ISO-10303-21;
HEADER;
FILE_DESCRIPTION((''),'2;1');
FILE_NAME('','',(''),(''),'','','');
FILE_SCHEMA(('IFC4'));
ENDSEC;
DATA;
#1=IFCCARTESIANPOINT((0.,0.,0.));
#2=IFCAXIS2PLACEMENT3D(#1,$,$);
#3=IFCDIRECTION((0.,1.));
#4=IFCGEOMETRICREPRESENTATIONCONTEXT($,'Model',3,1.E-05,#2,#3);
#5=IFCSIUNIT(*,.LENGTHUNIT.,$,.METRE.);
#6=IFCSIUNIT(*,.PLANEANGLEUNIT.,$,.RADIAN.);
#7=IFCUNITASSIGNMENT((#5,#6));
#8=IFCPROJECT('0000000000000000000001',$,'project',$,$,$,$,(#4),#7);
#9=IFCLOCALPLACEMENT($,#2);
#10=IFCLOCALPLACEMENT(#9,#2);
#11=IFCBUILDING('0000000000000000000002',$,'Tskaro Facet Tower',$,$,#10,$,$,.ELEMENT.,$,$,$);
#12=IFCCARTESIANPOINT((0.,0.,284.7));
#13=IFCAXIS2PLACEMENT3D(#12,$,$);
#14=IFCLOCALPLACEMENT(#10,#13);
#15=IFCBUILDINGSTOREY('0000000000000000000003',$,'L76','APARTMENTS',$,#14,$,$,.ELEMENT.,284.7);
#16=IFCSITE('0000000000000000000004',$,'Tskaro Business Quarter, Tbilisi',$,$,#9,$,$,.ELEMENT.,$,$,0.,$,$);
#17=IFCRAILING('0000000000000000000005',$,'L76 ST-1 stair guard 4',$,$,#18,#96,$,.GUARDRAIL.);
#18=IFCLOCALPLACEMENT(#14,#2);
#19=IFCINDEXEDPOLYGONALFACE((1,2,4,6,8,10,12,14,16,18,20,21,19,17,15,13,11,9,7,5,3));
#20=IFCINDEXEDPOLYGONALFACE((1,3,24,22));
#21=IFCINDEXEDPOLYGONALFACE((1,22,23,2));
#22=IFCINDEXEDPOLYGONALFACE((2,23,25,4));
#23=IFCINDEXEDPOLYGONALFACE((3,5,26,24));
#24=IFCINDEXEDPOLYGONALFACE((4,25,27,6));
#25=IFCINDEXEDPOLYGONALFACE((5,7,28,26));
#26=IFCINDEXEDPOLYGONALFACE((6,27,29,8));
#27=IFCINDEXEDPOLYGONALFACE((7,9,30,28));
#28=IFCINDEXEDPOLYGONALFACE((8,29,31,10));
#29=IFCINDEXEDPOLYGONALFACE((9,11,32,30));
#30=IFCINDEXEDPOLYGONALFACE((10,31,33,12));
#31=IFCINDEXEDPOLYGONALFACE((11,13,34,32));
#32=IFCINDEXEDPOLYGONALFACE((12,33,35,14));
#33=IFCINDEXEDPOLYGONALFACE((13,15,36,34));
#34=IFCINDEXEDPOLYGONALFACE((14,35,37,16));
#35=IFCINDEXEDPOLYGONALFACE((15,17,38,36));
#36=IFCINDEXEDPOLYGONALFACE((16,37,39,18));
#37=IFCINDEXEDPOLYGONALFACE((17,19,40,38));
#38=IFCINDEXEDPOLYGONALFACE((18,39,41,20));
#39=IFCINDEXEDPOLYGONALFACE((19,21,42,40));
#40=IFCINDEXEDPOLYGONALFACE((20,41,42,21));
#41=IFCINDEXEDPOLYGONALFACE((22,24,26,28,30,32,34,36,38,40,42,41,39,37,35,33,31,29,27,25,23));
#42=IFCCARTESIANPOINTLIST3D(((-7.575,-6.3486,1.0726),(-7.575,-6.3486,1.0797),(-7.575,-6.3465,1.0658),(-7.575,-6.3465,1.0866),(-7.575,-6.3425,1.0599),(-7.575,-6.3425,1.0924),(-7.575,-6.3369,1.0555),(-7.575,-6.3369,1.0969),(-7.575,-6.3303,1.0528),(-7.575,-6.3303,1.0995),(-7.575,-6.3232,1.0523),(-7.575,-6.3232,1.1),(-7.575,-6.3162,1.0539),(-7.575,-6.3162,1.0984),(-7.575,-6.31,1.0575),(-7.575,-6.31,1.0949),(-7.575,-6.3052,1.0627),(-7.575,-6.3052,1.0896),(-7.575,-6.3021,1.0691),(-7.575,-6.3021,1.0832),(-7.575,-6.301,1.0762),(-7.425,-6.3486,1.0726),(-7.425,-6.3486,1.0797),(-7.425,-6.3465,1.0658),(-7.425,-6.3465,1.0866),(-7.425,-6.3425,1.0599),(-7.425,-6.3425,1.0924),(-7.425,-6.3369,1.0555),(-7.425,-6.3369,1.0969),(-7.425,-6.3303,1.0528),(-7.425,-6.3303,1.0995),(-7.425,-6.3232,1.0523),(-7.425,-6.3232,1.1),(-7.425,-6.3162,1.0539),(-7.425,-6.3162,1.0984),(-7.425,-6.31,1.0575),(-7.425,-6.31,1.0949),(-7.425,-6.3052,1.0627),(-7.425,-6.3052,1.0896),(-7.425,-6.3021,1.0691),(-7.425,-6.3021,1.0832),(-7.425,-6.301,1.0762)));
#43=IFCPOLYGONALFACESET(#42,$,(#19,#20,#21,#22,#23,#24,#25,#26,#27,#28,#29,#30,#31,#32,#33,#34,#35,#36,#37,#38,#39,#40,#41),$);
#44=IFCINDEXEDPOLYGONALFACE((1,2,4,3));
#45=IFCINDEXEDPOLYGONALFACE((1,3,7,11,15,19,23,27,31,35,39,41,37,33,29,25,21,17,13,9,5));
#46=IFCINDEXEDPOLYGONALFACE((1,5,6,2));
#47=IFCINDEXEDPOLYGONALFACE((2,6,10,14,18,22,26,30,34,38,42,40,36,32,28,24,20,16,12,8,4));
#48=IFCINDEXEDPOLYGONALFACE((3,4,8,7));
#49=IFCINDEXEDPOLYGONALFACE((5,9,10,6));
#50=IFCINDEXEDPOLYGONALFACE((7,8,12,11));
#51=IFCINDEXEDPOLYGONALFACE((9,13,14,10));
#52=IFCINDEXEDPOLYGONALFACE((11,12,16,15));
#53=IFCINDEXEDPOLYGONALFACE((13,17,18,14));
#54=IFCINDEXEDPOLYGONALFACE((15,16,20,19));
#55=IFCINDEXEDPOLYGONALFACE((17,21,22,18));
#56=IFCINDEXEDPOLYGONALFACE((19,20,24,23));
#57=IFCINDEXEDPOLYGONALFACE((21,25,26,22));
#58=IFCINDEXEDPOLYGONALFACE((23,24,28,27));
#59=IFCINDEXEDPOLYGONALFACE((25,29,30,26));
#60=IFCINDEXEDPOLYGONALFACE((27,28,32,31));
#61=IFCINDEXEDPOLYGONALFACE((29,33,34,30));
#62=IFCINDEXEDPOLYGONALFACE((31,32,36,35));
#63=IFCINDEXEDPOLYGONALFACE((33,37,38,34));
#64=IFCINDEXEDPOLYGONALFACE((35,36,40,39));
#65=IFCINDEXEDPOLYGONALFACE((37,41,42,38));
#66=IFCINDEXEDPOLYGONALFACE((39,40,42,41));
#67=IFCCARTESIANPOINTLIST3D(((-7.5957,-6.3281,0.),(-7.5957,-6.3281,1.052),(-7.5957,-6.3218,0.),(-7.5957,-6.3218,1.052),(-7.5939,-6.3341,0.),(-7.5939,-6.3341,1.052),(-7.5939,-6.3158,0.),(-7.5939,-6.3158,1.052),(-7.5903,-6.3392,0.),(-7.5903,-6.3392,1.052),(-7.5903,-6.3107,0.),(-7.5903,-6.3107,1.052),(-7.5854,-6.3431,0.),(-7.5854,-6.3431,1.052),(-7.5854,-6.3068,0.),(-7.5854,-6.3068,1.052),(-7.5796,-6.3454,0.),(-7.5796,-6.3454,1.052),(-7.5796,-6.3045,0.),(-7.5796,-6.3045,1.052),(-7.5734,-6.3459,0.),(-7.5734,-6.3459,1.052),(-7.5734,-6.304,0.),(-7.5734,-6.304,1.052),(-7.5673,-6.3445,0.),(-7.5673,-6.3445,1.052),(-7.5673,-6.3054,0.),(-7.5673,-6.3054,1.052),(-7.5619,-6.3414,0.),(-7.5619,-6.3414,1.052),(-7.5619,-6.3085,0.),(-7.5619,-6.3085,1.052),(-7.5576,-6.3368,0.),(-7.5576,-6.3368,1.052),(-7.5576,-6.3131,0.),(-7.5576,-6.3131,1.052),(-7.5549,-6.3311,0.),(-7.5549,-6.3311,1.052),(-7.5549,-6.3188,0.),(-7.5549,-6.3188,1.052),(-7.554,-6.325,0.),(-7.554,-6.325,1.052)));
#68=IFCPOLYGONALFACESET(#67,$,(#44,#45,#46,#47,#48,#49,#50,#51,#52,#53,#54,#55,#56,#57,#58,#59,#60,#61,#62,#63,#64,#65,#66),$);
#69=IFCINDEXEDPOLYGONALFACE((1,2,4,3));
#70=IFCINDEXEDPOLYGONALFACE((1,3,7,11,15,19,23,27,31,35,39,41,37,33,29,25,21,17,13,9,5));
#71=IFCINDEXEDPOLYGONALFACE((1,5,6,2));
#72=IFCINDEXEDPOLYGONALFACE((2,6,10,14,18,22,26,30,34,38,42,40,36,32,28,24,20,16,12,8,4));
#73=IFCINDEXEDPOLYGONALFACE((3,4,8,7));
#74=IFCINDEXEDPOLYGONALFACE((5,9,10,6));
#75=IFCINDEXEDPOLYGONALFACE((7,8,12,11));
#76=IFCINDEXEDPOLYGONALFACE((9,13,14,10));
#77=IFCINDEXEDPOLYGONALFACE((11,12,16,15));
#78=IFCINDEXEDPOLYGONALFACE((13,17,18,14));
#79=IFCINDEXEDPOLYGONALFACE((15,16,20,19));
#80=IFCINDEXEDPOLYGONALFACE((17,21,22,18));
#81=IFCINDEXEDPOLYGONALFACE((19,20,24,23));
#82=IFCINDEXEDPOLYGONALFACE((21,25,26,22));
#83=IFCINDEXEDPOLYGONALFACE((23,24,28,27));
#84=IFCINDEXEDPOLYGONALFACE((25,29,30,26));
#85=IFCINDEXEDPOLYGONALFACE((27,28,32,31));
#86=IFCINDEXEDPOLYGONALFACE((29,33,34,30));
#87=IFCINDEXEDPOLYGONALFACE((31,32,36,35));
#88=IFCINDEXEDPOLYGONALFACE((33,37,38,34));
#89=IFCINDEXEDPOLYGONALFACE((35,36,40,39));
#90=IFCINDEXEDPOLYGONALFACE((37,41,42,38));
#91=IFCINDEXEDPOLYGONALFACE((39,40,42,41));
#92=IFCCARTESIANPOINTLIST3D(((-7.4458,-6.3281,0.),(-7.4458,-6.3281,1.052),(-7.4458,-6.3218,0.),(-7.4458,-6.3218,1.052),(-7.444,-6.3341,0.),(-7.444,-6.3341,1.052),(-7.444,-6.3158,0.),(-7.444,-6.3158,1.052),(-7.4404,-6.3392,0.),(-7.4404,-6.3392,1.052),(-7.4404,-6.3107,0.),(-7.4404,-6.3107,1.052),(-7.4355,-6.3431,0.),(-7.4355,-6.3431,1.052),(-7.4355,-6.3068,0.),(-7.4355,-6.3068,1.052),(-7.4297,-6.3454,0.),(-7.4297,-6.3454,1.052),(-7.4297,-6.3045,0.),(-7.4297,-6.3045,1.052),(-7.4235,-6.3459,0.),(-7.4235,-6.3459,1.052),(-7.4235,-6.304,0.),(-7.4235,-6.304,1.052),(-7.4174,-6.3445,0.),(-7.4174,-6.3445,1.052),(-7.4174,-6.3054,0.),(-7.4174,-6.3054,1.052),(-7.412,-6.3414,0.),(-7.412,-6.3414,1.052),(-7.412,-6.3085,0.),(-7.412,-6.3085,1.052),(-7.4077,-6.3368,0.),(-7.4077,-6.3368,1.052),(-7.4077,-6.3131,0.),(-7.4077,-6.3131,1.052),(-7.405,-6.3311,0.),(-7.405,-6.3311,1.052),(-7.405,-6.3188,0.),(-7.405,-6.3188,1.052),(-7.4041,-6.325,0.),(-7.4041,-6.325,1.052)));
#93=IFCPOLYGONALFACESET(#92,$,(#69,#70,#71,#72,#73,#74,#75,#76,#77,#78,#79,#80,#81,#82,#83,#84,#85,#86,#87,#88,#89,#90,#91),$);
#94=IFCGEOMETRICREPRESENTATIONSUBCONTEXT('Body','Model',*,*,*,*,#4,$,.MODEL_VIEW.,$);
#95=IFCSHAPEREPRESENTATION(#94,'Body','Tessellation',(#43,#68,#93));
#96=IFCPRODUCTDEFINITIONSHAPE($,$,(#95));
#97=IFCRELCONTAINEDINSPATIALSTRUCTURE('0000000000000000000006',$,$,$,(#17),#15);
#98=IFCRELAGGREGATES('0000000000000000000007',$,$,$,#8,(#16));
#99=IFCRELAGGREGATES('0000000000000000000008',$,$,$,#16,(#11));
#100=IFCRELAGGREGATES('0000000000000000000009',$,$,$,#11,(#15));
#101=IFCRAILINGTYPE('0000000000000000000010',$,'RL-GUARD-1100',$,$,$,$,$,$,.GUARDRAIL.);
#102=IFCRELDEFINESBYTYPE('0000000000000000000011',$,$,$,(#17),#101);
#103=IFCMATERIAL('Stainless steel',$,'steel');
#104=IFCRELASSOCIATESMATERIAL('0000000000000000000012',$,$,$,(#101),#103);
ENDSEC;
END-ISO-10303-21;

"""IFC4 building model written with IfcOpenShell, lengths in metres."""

from ifc_helpers import new_model, si_unit, direction, frame, origin, origin_2d, place, context, subcontext, project, spatial, circle, extrude, material, type_object, element, save


model = new_model("IFC4")

# Units and contexts
model_context = context("Model", 3, precision=1e-05, world=origin(), true_north=direction((0.0, 1.0)))
body_context = subcontext(model_context, "Body", "Model", "MODEL_VIEW")
ifc_project = project(units=[si_unit("LENGTHUNIT", "METRE"), si_unit("PLANEANGLEUNIT", "RADIAN")], contexts=[model_context])

# Site, building, storey
site_placement = place(None, origin())
site = spatial("IfcSite", under=ifc_project, at=site_placement, Name="Tskaro Business Quarter, Tbilisi", CompositionType="ELEMENT", RefElevation=0.0)
building_placement = place(site_placement, origin())
building = spatial("IfcBuilding", under=site, at=building_placement, Name="Tskaro Facet Tower", CompositionType="ELEMENT")
storey_placement = place(building_placement, frame((0.0, 0.0, 284.7)))
storey = spatial("IfcBuildingStorey", under=building, at=storey_placement, Name="L76", Description="APARTMENTS", CompositionType="ELEMENT", Elevation=284.7)

# Shared definitions
ifc_material_1 = material(Name="Stainless steel", Category="steel")

# Railing
railing_type_1 = type_object("IfcRailingType", Name="RL-GUARD-1100", PredefinedType="GUARDRAIL", material=ifc_material_1)
railing_1_placement = place(storey_placement, frame((-7.575, -6.325, 0.0)))
element("IfcRailing", 1, at=railing_1_placement, inside=storey, type_object=railing_type_1, Name="L76 ST-1 stair guard 4", PredefinedType="GUARDRAIL", context=body_context, shape_type="SweptSolid", body=[
    extrude(circle(Radius=0.0239, at=origin_2d()), frame((0.0, 0.0, 1.0762), z_axis=(1.0, 0.0, 0.0), x_axis=(0.0, 1.0, 0.0)), (0.0, 0.0, 1.0), 0.1499),
    extrude(circle(Radius=0.021, at=origin_2d()), origin(), (0.0, 0.0, 1.0), 1.052),
    extrude(circle(Radius=0.021, at=origin_2d()), frame((0.1499, 0.0, 0.0)), (0.0, 0.0, 1.0), 1.052),
])

save(model, "model.ifc")
